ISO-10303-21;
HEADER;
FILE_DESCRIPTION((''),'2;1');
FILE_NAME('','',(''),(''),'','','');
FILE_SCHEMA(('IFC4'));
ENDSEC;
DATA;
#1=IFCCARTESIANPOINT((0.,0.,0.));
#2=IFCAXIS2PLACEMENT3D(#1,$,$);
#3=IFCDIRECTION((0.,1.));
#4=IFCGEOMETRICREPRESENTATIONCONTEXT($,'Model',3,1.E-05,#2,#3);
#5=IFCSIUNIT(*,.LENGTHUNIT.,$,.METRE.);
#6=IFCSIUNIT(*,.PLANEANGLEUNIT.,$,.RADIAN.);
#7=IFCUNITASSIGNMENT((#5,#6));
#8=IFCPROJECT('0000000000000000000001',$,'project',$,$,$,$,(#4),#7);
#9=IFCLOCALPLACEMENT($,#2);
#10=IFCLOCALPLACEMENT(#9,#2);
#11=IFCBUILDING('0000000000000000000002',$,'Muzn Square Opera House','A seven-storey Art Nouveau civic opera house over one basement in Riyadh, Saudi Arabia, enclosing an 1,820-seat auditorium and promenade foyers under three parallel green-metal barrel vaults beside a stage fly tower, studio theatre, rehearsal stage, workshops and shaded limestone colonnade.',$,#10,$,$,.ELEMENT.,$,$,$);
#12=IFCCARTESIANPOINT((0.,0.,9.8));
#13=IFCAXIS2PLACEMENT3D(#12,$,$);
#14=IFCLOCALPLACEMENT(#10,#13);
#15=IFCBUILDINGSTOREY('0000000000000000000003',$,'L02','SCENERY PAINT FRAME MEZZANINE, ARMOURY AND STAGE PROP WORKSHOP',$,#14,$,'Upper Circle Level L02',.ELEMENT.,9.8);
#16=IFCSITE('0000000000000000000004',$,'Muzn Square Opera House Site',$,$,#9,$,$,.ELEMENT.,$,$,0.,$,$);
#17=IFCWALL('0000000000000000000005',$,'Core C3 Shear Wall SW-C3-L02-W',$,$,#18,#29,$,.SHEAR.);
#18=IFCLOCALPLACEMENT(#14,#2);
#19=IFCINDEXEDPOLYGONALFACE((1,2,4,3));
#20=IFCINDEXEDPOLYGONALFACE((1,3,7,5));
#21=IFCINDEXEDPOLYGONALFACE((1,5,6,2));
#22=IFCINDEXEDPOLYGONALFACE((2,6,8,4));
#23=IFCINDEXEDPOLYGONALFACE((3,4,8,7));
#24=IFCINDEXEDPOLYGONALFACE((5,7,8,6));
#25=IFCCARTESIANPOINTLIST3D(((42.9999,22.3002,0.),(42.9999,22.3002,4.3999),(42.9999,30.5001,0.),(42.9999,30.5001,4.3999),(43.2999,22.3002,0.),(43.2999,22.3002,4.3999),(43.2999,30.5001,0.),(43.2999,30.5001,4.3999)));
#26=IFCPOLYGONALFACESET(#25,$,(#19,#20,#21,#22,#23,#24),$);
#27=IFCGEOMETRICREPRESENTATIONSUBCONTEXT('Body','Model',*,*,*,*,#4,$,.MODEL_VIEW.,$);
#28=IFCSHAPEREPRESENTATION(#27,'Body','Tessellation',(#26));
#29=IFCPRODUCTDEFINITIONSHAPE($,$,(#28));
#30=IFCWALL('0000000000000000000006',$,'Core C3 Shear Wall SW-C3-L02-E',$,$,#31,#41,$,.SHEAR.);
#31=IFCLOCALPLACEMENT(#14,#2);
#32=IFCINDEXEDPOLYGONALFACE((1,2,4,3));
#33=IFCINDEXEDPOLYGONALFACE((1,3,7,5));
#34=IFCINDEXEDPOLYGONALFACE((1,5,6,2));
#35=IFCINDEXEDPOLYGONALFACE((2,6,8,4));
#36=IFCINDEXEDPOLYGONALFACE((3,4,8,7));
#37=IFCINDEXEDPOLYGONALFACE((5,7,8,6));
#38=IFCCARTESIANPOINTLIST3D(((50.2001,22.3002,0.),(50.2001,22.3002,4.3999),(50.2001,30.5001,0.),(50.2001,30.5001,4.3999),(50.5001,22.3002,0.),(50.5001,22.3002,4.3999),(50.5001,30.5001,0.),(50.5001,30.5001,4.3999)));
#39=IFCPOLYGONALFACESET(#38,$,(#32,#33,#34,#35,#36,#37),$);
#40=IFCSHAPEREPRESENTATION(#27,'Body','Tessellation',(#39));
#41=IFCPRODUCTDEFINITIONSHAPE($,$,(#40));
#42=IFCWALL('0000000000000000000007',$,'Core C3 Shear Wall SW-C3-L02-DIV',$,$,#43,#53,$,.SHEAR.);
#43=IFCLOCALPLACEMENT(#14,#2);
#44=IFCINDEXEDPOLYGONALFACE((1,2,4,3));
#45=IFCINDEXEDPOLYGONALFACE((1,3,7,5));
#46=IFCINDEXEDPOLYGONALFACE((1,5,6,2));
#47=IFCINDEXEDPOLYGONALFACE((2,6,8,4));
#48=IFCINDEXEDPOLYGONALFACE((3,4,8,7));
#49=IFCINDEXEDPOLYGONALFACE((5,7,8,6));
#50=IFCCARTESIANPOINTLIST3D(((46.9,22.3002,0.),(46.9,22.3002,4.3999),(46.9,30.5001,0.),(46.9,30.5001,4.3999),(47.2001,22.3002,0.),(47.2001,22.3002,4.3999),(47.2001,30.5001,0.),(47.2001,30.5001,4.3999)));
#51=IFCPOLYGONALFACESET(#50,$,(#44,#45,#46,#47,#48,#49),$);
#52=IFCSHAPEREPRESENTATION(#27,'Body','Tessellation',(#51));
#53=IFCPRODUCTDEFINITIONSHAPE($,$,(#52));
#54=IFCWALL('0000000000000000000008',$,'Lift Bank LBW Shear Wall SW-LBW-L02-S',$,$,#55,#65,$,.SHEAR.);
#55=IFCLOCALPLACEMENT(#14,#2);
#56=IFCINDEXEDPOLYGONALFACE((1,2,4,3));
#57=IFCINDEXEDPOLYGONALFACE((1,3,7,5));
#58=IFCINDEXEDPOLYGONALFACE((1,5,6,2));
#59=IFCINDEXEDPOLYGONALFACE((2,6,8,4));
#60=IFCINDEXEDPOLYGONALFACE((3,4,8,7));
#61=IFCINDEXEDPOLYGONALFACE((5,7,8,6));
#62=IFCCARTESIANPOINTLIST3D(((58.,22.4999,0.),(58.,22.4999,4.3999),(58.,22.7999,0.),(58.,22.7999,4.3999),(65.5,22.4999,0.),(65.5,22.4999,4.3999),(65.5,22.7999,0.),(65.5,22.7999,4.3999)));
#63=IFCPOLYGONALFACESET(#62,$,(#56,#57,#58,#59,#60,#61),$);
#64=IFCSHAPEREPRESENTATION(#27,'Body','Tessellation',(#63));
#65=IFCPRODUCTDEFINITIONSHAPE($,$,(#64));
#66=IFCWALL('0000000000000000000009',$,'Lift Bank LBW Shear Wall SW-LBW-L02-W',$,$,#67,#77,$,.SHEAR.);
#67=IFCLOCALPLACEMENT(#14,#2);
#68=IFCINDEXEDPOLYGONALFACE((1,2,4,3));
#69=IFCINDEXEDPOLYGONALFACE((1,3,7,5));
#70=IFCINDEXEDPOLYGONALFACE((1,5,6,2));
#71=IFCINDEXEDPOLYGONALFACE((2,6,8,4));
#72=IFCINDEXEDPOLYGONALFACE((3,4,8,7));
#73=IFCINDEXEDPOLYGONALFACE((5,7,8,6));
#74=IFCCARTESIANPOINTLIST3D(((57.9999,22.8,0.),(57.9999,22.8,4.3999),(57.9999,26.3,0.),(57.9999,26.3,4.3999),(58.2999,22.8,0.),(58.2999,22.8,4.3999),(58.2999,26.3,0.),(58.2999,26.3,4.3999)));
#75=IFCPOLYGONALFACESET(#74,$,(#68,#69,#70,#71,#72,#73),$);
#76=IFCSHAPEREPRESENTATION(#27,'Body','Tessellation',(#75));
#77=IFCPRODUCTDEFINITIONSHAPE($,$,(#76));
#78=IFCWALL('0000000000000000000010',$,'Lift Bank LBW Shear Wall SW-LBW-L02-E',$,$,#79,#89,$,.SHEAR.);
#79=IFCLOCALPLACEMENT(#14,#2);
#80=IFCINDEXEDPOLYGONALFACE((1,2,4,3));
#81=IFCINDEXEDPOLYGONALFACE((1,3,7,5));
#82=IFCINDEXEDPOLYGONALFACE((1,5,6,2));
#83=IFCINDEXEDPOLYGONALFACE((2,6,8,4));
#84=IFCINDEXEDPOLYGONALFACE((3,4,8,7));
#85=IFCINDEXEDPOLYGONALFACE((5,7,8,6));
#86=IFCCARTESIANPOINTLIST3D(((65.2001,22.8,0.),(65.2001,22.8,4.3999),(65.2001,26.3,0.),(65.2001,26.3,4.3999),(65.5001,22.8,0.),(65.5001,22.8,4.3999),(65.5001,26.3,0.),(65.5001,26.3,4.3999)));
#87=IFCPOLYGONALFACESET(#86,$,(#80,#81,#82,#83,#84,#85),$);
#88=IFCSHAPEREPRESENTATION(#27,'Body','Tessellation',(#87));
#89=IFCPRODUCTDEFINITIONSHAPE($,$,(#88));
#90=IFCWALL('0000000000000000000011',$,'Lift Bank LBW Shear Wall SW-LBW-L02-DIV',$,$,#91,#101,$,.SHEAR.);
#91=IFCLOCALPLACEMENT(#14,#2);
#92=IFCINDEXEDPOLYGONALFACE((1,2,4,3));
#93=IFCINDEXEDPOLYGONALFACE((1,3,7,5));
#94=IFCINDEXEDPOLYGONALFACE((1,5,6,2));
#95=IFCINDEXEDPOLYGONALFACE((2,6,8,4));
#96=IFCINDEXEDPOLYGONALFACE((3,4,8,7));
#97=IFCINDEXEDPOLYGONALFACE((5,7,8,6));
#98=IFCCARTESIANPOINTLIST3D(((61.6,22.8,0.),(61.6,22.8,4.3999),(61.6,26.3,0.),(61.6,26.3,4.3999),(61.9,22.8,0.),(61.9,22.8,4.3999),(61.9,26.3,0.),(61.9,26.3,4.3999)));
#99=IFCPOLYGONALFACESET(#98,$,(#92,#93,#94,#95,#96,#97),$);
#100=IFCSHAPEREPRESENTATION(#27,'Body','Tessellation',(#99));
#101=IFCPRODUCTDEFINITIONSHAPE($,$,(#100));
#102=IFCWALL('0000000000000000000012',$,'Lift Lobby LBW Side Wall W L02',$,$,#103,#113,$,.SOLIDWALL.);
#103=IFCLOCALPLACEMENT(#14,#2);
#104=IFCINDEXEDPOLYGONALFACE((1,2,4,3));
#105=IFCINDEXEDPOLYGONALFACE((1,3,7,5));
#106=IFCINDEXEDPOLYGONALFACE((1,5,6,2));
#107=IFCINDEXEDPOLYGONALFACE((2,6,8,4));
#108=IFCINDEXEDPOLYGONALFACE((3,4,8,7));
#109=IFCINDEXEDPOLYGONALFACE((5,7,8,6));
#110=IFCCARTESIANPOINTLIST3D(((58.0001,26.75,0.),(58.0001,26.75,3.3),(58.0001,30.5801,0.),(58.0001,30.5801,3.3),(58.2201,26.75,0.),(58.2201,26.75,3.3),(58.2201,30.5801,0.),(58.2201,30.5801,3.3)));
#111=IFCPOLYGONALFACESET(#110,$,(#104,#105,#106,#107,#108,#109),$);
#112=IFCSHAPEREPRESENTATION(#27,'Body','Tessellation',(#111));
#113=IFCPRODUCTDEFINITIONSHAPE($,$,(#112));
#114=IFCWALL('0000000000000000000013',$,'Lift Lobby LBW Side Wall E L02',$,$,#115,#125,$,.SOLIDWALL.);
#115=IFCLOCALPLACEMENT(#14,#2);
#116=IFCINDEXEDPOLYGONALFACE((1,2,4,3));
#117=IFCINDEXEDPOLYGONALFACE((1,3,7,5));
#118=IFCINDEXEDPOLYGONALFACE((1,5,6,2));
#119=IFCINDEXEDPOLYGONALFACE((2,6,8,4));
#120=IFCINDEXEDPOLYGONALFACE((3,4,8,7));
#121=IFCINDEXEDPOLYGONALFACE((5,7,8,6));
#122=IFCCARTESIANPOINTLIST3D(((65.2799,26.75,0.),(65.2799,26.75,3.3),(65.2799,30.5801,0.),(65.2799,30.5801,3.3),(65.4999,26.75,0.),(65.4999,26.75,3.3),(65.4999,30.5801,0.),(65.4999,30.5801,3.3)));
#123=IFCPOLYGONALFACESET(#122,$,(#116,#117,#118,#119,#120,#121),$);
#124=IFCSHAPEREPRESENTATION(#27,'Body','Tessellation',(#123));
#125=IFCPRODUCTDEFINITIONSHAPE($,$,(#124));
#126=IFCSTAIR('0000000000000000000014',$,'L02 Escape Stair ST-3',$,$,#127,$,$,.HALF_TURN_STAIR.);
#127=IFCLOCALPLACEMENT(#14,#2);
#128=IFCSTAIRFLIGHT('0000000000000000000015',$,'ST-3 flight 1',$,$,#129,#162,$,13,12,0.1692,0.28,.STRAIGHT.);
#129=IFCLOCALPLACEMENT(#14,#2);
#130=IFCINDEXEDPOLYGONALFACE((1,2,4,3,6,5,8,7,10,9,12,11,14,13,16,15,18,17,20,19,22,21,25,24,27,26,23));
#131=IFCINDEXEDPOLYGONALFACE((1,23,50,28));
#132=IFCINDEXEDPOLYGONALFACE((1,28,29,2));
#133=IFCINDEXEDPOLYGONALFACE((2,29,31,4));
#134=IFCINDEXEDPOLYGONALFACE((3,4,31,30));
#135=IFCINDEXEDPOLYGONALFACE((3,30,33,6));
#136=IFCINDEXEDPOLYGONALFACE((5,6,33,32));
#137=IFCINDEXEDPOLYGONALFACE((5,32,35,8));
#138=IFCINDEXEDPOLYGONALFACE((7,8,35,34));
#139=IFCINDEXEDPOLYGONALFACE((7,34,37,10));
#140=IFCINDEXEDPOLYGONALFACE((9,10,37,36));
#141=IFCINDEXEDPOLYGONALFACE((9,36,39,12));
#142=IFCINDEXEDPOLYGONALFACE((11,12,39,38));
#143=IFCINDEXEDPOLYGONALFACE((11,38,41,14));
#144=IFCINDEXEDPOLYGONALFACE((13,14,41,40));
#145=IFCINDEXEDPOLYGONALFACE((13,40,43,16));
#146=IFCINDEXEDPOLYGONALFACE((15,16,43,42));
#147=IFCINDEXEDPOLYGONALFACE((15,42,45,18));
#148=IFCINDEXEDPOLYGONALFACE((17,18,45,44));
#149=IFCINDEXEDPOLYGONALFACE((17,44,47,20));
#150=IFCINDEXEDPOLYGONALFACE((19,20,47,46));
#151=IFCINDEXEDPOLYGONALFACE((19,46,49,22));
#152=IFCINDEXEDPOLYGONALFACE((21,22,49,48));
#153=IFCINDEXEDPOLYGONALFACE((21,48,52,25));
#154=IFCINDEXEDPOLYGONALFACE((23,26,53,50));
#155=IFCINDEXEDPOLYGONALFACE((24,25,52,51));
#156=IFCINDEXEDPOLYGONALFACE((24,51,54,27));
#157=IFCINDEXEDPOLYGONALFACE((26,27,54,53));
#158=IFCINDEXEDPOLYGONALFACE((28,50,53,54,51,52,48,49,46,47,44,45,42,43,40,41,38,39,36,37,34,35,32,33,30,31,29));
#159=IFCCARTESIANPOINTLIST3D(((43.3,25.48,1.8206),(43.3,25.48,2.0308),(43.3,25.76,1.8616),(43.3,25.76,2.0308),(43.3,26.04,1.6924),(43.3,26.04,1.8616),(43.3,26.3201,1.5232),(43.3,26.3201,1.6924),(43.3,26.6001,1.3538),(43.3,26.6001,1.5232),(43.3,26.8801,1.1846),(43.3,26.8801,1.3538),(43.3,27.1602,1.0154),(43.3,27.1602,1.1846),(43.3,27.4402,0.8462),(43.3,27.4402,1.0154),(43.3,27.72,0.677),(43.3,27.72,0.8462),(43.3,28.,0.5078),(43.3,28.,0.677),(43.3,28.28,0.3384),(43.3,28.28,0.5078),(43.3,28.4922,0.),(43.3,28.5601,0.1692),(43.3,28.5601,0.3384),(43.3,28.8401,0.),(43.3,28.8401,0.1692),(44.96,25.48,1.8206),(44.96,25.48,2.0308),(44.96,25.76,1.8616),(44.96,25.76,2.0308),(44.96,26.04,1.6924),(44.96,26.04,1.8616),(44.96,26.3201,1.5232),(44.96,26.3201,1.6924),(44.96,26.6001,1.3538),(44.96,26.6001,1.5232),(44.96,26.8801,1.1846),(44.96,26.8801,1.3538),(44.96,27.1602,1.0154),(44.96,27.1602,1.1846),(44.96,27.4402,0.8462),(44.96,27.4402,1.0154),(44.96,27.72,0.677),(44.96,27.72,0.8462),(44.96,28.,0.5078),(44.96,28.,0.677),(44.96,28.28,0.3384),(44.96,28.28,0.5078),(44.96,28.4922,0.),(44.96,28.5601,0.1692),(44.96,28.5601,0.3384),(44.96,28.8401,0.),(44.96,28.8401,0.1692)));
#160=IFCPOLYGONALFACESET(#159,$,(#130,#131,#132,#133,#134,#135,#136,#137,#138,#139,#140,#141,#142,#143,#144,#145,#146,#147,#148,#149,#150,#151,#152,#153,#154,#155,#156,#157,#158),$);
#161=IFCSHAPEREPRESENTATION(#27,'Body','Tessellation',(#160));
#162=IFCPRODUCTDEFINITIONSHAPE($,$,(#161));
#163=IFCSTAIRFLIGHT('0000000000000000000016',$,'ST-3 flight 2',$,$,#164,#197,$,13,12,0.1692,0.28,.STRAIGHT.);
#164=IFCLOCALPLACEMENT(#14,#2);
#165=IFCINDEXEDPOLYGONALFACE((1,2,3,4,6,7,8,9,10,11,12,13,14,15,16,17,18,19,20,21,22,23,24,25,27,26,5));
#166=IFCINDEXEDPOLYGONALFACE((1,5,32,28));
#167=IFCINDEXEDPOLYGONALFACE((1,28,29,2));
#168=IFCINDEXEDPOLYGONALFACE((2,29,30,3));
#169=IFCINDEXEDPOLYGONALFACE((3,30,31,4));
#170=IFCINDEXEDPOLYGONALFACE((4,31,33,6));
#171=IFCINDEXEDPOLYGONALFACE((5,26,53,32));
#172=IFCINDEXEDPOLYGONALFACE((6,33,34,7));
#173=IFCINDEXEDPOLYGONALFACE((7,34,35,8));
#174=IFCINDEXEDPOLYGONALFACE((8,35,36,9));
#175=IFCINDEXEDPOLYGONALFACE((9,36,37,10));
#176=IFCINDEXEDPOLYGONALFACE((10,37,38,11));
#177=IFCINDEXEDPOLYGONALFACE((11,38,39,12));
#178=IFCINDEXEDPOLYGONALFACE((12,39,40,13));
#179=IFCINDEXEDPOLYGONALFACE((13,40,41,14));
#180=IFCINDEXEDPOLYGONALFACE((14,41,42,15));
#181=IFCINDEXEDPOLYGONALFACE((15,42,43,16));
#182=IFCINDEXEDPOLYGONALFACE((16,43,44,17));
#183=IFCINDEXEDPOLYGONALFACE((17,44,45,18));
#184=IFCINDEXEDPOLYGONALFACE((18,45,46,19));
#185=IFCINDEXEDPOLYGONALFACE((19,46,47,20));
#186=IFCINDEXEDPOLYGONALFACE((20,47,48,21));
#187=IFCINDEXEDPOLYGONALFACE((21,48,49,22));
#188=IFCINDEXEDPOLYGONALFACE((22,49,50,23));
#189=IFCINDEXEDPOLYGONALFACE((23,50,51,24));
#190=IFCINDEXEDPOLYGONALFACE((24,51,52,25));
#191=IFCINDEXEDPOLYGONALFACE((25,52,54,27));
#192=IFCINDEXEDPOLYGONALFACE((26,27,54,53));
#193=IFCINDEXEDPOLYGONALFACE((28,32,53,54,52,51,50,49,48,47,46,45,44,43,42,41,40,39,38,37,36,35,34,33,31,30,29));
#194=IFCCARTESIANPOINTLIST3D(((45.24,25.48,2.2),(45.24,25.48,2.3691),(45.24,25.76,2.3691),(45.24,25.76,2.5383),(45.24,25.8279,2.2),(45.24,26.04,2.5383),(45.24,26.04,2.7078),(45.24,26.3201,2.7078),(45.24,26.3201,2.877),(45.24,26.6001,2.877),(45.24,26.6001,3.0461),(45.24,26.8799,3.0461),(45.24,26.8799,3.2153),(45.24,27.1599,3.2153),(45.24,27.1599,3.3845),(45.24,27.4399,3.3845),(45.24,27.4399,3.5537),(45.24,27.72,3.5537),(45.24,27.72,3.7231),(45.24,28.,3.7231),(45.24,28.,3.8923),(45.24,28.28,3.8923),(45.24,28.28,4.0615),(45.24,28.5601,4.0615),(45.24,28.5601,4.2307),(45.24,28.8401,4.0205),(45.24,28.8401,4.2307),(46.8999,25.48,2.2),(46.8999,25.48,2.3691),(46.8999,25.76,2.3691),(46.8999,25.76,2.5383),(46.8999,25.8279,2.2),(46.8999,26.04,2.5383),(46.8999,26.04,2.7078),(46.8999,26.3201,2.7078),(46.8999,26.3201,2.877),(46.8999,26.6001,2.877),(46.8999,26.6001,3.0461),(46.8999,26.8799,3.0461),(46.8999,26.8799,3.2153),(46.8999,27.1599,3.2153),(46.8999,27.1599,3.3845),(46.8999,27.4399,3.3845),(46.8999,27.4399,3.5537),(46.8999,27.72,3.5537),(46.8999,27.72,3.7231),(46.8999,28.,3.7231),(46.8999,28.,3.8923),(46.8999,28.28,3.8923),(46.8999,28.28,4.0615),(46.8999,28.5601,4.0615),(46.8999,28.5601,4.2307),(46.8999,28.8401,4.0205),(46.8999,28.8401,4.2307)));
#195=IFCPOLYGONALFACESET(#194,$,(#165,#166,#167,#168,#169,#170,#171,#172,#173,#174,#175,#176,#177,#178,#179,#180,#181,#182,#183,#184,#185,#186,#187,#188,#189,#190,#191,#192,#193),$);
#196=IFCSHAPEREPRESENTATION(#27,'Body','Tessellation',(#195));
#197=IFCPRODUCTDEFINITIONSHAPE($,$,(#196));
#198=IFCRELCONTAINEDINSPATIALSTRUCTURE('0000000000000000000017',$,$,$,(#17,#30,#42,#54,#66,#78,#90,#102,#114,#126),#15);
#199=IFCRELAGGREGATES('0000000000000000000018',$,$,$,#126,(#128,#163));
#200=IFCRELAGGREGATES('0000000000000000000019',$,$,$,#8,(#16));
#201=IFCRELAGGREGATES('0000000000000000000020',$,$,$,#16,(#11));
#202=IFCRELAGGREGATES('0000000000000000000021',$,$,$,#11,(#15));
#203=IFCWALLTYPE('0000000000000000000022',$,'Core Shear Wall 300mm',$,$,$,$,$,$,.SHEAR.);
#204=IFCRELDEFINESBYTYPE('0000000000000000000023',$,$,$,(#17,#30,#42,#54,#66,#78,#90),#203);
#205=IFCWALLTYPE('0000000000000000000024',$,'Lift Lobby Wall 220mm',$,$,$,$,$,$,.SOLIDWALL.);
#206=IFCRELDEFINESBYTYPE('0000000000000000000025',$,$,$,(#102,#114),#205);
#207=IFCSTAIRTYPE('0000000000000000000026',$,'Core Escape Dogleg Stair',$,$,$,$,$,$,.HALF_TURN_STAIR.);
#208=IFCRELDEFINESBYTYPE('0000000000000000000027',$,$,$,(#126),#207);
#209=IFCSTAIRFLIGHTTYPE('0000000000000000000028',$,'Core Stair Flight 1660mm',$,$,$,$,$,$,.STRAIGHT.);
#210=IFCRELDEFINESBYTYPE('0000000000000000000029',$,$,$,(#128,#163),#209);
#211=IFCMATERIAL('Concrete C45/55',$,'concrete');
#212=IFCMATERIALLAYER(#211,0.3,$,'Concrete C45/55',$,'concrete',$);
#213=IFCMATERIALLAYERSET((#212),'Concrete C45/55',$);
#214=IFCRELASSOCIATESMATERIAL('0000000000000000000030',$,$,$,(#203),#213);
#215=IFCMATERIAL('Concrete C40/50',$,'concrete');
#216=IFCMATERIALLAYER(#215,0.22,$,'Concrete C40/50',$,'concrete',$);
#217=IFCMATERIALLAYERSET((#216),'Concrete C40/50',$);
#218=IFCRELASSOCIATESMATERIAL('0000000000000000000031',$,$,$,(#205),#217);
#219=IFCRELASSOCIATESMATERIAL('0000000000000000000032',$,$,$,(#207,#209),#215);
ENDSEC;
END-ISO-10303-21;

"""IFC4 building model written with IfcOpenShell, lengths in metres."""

from ifc_helpers import new_model, si_unit, direction, frame, frame_2d, origin, place, context, subcontext, project, spatial, polyline, rectangle, outline, extrude, material, layer, layer_set, type_object, element, aggregate, save


model = new_model("IFC4")

# Units and contexts
model_context = context("Model", 3, precision=1e-05, world=origin(), true_north=direction((0.0, 1.0)))
body_context = subcontext(model_context, "Body", "Model", "MODEL_VIEW")
ifc_project = project(units=[si_unit("LENGTHUNIT", "METRE"), si_unit("PLANEANGLEUNIT", "RADIAN")], contexts=[model_context])

# Site, building, storey
site_placement = place(None, origin())
site = spatial("IfcSite", under=ifc_project, at=site_placement, Name="Muzn Square Opera House Site", CompositionType="ELEMENT", RefElevation=0.0)
building_placement = place(site_placement, origin())
building = spatial("IfcBuilding", under=site, at=building_placement, Name="Muzn Square Opera House", Description="A seven-storey Art Nouveau civic opera house over one basement in Riyadh, Saudi Arabia, enclosing an 1,820-seat auditorium and promenade foyers under three parallel green-metal barrel vaults beside a stage fly tower, studio theatre, rehearsal stage, workshops and shaded limestone colonnade.", CompositionType="ELEMENT")
storey_placement = place(building_placement, frame((0.0, 0.0, 9.8)))
storey = spatial("IfcBuildingStorey", under=building, at=storey_placement, Name="L02", Description="SCENERY PAINT FRAME MEZZANINE, ARMOURY AND STAGE PROP WORKSHOP", LongName="Upper Circle Level L02", CompositionType="ELEMENT", Elevation=9.8)

# Shared definitions
ifc_material_1 = material(Name="Concrete C45/55", Category="concrete")

# Shared definitions
ifc_material_2 = material(Name="Concrete C40/50", Category="concrete")

# Walls
ifc_layer_1 = layer(ifc_material_1, 0.3, Name="Concrete C45/55", Category="concrete")
ifc_layer_set_1 = layer_set([ifc_layer_1], Name="Concrete C45/55")
wall_type_1 = type_object("IfcWallType", Name="Core Shear Wall 300mm", PredefinedType="SHEAR", material=ifc_layer_set_1)
for number, where, z_axis, x_axis, name in (
    (1, (43.1499, 22.3, 0.0), (0.0, 0.0, 1.0), (0.0, 1.0, 0.0), "Core C3 Shear Wall SW-C3-L02-W"),
    (2, (50.3501, 22.3, 0.0), (0.0, 0.0, 1.0), (0.0, 1.0, 0.0), "Core C3 Shear Wall SW-C3-L02-E"),
    (3, (47.05, 22.3, 0.0), (0.0, 0.0, 1.0), (0.0, 1.0, 0.0), "Core C3 Shear Wall SW-C3-L02-DIV"),
):
    element("IfcWall", number, at=place(storey_placement, frame(where, z_axis=z_axis, x_axis=x_axis)), inside=storey, type_object=wall_type_1, Name=name, PredefinedType="SHEAR", context=body_context, shape_type="SweptSolid", body=[
        extrude(rectangle(XDim=8.2, YDim=0.3, at=frame_2d((4.1001, 0.0))), origin(), (0.0, 0.0, 1.0), 4.3999),
    ])
wall_1_placement = place(storey_placement, frame((58.0, 22.6499, 0.0), z_axis=(0.0, 0.0, 1.0), x_axis=(1.0, 0.0, 0.0)))
element("IfcWall", 4, at=wall_1_placement, inside=storey, type_object=wall_type_1, Name="Lift Bank LBW Shear Wall SW-LBW-L02-S", PredefinedType="SHEAR", context=body_context, shape_type="SweptSolid", body=[
    extrude(rectangle(XDim=7.5, YDim=0.3, at=frame_2d((3.75, 0.0))), origin(), (0.0, 0.0, 1.0), 4.3999),
])
for number, where, z_axis, x_axis, name in (
    (5, (58.1499, 22.8, 0.0), (0.0, 0.0, 1.0), (0.0, 1.0, 0.0), "Lift Bank LBW Shear Wall SW-LBW-L02-W"),
    (6, (65.3501, 22.8, 0.0), (0.0, 0.0, 1.0), (0.0, 1.0, 0.0), "Lift Bank LBW Shear Wall SW-LBW-L02-E"),
    (7, (61.75, 22.8, 0.0), (0.0, 0.0, 1.0), (0.0, 1.0, 0.0), "Lift Bank LBW Shear Wall SW-LBW-L02-DIV"),
):
    element("IfcWall", number, at=place(storey_placement, frame(where, z_axis=z_axis, x_axis=x_axis)), inside=storey, type_object=wall_type_1, Name=name, PredefinedType="SHEAR", context=body_context, shape_type="SweptSolid", body=[
        extrude(rectangle(XDim=3.5, YDim=0.3, at=frame_2d((1.75, 0.0))), origin(), (0.0, 0.0, 1.0), 4.3999),
    ])

# Walls
ifc_layer_2 = layer(ifc_material_2, 0.22, Name="Concrete C40/50", Category="concrete")
ifc_layer_set_2 = layer_set([ifc_layer_2], Name="Concrete C40/50")
wall_type_2 = type_object("IfcWallType", Name="Lift Lobby Wall 220mm", PredefinedType="SOLIDWALL", material=ifc_layer_set_2)
for number, where, z_axis, x_axis, name in (
    (8, (58.1101, 26.75, 0.0), (0.0, 0.0, 1.0), (0.0, 1.0, 0.0), "Lift Lobby LBW Side Wall W L02"),
    (9, (65.3899, 26.75, 0.0), (0.0, 0.0, 1.0), (0.0, 1.0, 0.0), "Lift Lobby LBW Side Wall E L02"),
):
    element("IfcWall", number, at=place(storey_placement, frame(where, z_axis=z_axis, x_axis=x_axis)), inside=storey, type_object=wall_type_2, Name=name, PredefinedType="SOLIDWALL", context=body_context, shape_type="SweptSolid", body=[
        extrude(rectangle(XDim=3.8301, YDim=0.22, at=frame_2d((1.915, 0.0))), origin(), (0.0, 0.0, 1.0), 3.3),
    ])

# Stair, stair flights
stair_type = type_object("IfcStairType", Name="Core Escape Dogleg Stair", PredefinedType="HALF_TURN_STAIR", material=ifc_material_2)
stair_placement = place(storey_placement, origin())
stair = element("IfcStair", 10, at=stair_placement, inside=storey, type_object=stair_type, Name="L02 Escape Stair ST-3", PredefinedType="HALF_TURN_STAIR")
stair_flight_type = type_object("IfcStairFlightType", Name="Core Stair Flight 1660mm", PredefinedType="STRAIGHT", material=ifc_material_2)
stair_flight_1_placement = place(storey_placement, frame((44.1299, 28.8401, 0.0), z_axis=(0.0, 0.0, 1.0), x_axis=(0.0, -1.0, 0.0)))
stair_flight_1 = element("IfcStairFlight", 11, at=stair_flight_1_placement, type_object=stair_flight_type, Name="ST-3 flight 1", NumberOfRisers=13, NumberOfTreads=12, PredefinedType="STRAIGHT", RiserHeight=0.1692, TreadLength=0.28, context=body_context, shape_type="SweptSolid", body=[
    extrude(outline(polyline([(0.0, 0.0), (0.0, 0.1692), (0.28, 0.1692), (0.28, 0.3384), (0.5601, 0.3384), (0.5601, 0.5078), (0.8401, 0.5078), (0.8401, 0.677), (1.1201, 0.677), (1.1201, 0.8462), (1.3999, 0.8462), (1.3999, 1.0154), (1.6799, 1.0154), (1.6799, 1.1846), (1.96, 1.1846), (1.96, 1.3538), (2.24, 1.3538), (2.24, 1.5232), (2.52, 1.5232), (2.52, 1.6924), (2.8, 1.6924), (2.8, 1.8616), (3.0801, 1.8616), (3.0801, 2.0308), (3.3601, 2.0308), (3.3601, 2.2), (3.3601, 1.8206), (0.3479, 0.0), (0.0, 0.0)])), frame((0.0, 0.8301, 0.0), z_axis=(0.0, -1.0, 0.0), x_axis=(1.0, 0.0, 0.0)), (0.0, 0.0, 1.0), 1.6599),
])
stair_flight_2_placement = place(storey_placement, frame((46.0701, 25.48, 2.2), z_axis=(0.0, 0.0, 1.0), x_axis=(0.0, 1.0, 0.0)))
stair_flight_2 = element("IfcStairFlight", 12, at=stair_flight_2_placement, type_object=stair_flight_type, Name="ST-3 flight 2", NumberOfRisers=13, NumberOfTreads=12, PredefinedType="STRAIGHT", RiserHeight=0.1692, TreadLength=0.28, context=body_context, shape_type="SweptSolid", body=[
    extrude(outline(polyline([(0.0, 0.0), (0.0, 0.1692), (0.28, 0.1692), (0.28, 0.3384), (0.5601, 0.3384), (0.5601, 0.5078), (0.8401, 0.5078), (0.8401, 0.677), (1.1201, 0.677), (1.1201, 0.8462), (1.3999, 0.8462), (1.3999, 1.0154), (1.6799, 1.0154), (1.6799, 1.1846), (1.96, 1.1846), (1.96, 1.3538), (2.24, 1.3538), (2.24, 1.5232), (2.52, 1.5232), (2.52, 1.6924), (2.8, 1.6924), (2.8, 1.8616), (3.0801, 1.8616), (3.0801, 2.0308), (3.3601, 2.0308), (3.3601, 2.2), (3.3601, 1.8206), (0.3479, 0.0), (0.0, 0.0)])), frame((0.0, 0.8301, 0.0), z_axis=(0.0, -1.0, 0.0), x_axis=(1.0, 0.0, 0.0)), (0.0, 0.0, 1.0), 1.6599),
])
aggregate(stair, [stair_flight_1, stair_flight_2])

save(model, "model.ifc")
